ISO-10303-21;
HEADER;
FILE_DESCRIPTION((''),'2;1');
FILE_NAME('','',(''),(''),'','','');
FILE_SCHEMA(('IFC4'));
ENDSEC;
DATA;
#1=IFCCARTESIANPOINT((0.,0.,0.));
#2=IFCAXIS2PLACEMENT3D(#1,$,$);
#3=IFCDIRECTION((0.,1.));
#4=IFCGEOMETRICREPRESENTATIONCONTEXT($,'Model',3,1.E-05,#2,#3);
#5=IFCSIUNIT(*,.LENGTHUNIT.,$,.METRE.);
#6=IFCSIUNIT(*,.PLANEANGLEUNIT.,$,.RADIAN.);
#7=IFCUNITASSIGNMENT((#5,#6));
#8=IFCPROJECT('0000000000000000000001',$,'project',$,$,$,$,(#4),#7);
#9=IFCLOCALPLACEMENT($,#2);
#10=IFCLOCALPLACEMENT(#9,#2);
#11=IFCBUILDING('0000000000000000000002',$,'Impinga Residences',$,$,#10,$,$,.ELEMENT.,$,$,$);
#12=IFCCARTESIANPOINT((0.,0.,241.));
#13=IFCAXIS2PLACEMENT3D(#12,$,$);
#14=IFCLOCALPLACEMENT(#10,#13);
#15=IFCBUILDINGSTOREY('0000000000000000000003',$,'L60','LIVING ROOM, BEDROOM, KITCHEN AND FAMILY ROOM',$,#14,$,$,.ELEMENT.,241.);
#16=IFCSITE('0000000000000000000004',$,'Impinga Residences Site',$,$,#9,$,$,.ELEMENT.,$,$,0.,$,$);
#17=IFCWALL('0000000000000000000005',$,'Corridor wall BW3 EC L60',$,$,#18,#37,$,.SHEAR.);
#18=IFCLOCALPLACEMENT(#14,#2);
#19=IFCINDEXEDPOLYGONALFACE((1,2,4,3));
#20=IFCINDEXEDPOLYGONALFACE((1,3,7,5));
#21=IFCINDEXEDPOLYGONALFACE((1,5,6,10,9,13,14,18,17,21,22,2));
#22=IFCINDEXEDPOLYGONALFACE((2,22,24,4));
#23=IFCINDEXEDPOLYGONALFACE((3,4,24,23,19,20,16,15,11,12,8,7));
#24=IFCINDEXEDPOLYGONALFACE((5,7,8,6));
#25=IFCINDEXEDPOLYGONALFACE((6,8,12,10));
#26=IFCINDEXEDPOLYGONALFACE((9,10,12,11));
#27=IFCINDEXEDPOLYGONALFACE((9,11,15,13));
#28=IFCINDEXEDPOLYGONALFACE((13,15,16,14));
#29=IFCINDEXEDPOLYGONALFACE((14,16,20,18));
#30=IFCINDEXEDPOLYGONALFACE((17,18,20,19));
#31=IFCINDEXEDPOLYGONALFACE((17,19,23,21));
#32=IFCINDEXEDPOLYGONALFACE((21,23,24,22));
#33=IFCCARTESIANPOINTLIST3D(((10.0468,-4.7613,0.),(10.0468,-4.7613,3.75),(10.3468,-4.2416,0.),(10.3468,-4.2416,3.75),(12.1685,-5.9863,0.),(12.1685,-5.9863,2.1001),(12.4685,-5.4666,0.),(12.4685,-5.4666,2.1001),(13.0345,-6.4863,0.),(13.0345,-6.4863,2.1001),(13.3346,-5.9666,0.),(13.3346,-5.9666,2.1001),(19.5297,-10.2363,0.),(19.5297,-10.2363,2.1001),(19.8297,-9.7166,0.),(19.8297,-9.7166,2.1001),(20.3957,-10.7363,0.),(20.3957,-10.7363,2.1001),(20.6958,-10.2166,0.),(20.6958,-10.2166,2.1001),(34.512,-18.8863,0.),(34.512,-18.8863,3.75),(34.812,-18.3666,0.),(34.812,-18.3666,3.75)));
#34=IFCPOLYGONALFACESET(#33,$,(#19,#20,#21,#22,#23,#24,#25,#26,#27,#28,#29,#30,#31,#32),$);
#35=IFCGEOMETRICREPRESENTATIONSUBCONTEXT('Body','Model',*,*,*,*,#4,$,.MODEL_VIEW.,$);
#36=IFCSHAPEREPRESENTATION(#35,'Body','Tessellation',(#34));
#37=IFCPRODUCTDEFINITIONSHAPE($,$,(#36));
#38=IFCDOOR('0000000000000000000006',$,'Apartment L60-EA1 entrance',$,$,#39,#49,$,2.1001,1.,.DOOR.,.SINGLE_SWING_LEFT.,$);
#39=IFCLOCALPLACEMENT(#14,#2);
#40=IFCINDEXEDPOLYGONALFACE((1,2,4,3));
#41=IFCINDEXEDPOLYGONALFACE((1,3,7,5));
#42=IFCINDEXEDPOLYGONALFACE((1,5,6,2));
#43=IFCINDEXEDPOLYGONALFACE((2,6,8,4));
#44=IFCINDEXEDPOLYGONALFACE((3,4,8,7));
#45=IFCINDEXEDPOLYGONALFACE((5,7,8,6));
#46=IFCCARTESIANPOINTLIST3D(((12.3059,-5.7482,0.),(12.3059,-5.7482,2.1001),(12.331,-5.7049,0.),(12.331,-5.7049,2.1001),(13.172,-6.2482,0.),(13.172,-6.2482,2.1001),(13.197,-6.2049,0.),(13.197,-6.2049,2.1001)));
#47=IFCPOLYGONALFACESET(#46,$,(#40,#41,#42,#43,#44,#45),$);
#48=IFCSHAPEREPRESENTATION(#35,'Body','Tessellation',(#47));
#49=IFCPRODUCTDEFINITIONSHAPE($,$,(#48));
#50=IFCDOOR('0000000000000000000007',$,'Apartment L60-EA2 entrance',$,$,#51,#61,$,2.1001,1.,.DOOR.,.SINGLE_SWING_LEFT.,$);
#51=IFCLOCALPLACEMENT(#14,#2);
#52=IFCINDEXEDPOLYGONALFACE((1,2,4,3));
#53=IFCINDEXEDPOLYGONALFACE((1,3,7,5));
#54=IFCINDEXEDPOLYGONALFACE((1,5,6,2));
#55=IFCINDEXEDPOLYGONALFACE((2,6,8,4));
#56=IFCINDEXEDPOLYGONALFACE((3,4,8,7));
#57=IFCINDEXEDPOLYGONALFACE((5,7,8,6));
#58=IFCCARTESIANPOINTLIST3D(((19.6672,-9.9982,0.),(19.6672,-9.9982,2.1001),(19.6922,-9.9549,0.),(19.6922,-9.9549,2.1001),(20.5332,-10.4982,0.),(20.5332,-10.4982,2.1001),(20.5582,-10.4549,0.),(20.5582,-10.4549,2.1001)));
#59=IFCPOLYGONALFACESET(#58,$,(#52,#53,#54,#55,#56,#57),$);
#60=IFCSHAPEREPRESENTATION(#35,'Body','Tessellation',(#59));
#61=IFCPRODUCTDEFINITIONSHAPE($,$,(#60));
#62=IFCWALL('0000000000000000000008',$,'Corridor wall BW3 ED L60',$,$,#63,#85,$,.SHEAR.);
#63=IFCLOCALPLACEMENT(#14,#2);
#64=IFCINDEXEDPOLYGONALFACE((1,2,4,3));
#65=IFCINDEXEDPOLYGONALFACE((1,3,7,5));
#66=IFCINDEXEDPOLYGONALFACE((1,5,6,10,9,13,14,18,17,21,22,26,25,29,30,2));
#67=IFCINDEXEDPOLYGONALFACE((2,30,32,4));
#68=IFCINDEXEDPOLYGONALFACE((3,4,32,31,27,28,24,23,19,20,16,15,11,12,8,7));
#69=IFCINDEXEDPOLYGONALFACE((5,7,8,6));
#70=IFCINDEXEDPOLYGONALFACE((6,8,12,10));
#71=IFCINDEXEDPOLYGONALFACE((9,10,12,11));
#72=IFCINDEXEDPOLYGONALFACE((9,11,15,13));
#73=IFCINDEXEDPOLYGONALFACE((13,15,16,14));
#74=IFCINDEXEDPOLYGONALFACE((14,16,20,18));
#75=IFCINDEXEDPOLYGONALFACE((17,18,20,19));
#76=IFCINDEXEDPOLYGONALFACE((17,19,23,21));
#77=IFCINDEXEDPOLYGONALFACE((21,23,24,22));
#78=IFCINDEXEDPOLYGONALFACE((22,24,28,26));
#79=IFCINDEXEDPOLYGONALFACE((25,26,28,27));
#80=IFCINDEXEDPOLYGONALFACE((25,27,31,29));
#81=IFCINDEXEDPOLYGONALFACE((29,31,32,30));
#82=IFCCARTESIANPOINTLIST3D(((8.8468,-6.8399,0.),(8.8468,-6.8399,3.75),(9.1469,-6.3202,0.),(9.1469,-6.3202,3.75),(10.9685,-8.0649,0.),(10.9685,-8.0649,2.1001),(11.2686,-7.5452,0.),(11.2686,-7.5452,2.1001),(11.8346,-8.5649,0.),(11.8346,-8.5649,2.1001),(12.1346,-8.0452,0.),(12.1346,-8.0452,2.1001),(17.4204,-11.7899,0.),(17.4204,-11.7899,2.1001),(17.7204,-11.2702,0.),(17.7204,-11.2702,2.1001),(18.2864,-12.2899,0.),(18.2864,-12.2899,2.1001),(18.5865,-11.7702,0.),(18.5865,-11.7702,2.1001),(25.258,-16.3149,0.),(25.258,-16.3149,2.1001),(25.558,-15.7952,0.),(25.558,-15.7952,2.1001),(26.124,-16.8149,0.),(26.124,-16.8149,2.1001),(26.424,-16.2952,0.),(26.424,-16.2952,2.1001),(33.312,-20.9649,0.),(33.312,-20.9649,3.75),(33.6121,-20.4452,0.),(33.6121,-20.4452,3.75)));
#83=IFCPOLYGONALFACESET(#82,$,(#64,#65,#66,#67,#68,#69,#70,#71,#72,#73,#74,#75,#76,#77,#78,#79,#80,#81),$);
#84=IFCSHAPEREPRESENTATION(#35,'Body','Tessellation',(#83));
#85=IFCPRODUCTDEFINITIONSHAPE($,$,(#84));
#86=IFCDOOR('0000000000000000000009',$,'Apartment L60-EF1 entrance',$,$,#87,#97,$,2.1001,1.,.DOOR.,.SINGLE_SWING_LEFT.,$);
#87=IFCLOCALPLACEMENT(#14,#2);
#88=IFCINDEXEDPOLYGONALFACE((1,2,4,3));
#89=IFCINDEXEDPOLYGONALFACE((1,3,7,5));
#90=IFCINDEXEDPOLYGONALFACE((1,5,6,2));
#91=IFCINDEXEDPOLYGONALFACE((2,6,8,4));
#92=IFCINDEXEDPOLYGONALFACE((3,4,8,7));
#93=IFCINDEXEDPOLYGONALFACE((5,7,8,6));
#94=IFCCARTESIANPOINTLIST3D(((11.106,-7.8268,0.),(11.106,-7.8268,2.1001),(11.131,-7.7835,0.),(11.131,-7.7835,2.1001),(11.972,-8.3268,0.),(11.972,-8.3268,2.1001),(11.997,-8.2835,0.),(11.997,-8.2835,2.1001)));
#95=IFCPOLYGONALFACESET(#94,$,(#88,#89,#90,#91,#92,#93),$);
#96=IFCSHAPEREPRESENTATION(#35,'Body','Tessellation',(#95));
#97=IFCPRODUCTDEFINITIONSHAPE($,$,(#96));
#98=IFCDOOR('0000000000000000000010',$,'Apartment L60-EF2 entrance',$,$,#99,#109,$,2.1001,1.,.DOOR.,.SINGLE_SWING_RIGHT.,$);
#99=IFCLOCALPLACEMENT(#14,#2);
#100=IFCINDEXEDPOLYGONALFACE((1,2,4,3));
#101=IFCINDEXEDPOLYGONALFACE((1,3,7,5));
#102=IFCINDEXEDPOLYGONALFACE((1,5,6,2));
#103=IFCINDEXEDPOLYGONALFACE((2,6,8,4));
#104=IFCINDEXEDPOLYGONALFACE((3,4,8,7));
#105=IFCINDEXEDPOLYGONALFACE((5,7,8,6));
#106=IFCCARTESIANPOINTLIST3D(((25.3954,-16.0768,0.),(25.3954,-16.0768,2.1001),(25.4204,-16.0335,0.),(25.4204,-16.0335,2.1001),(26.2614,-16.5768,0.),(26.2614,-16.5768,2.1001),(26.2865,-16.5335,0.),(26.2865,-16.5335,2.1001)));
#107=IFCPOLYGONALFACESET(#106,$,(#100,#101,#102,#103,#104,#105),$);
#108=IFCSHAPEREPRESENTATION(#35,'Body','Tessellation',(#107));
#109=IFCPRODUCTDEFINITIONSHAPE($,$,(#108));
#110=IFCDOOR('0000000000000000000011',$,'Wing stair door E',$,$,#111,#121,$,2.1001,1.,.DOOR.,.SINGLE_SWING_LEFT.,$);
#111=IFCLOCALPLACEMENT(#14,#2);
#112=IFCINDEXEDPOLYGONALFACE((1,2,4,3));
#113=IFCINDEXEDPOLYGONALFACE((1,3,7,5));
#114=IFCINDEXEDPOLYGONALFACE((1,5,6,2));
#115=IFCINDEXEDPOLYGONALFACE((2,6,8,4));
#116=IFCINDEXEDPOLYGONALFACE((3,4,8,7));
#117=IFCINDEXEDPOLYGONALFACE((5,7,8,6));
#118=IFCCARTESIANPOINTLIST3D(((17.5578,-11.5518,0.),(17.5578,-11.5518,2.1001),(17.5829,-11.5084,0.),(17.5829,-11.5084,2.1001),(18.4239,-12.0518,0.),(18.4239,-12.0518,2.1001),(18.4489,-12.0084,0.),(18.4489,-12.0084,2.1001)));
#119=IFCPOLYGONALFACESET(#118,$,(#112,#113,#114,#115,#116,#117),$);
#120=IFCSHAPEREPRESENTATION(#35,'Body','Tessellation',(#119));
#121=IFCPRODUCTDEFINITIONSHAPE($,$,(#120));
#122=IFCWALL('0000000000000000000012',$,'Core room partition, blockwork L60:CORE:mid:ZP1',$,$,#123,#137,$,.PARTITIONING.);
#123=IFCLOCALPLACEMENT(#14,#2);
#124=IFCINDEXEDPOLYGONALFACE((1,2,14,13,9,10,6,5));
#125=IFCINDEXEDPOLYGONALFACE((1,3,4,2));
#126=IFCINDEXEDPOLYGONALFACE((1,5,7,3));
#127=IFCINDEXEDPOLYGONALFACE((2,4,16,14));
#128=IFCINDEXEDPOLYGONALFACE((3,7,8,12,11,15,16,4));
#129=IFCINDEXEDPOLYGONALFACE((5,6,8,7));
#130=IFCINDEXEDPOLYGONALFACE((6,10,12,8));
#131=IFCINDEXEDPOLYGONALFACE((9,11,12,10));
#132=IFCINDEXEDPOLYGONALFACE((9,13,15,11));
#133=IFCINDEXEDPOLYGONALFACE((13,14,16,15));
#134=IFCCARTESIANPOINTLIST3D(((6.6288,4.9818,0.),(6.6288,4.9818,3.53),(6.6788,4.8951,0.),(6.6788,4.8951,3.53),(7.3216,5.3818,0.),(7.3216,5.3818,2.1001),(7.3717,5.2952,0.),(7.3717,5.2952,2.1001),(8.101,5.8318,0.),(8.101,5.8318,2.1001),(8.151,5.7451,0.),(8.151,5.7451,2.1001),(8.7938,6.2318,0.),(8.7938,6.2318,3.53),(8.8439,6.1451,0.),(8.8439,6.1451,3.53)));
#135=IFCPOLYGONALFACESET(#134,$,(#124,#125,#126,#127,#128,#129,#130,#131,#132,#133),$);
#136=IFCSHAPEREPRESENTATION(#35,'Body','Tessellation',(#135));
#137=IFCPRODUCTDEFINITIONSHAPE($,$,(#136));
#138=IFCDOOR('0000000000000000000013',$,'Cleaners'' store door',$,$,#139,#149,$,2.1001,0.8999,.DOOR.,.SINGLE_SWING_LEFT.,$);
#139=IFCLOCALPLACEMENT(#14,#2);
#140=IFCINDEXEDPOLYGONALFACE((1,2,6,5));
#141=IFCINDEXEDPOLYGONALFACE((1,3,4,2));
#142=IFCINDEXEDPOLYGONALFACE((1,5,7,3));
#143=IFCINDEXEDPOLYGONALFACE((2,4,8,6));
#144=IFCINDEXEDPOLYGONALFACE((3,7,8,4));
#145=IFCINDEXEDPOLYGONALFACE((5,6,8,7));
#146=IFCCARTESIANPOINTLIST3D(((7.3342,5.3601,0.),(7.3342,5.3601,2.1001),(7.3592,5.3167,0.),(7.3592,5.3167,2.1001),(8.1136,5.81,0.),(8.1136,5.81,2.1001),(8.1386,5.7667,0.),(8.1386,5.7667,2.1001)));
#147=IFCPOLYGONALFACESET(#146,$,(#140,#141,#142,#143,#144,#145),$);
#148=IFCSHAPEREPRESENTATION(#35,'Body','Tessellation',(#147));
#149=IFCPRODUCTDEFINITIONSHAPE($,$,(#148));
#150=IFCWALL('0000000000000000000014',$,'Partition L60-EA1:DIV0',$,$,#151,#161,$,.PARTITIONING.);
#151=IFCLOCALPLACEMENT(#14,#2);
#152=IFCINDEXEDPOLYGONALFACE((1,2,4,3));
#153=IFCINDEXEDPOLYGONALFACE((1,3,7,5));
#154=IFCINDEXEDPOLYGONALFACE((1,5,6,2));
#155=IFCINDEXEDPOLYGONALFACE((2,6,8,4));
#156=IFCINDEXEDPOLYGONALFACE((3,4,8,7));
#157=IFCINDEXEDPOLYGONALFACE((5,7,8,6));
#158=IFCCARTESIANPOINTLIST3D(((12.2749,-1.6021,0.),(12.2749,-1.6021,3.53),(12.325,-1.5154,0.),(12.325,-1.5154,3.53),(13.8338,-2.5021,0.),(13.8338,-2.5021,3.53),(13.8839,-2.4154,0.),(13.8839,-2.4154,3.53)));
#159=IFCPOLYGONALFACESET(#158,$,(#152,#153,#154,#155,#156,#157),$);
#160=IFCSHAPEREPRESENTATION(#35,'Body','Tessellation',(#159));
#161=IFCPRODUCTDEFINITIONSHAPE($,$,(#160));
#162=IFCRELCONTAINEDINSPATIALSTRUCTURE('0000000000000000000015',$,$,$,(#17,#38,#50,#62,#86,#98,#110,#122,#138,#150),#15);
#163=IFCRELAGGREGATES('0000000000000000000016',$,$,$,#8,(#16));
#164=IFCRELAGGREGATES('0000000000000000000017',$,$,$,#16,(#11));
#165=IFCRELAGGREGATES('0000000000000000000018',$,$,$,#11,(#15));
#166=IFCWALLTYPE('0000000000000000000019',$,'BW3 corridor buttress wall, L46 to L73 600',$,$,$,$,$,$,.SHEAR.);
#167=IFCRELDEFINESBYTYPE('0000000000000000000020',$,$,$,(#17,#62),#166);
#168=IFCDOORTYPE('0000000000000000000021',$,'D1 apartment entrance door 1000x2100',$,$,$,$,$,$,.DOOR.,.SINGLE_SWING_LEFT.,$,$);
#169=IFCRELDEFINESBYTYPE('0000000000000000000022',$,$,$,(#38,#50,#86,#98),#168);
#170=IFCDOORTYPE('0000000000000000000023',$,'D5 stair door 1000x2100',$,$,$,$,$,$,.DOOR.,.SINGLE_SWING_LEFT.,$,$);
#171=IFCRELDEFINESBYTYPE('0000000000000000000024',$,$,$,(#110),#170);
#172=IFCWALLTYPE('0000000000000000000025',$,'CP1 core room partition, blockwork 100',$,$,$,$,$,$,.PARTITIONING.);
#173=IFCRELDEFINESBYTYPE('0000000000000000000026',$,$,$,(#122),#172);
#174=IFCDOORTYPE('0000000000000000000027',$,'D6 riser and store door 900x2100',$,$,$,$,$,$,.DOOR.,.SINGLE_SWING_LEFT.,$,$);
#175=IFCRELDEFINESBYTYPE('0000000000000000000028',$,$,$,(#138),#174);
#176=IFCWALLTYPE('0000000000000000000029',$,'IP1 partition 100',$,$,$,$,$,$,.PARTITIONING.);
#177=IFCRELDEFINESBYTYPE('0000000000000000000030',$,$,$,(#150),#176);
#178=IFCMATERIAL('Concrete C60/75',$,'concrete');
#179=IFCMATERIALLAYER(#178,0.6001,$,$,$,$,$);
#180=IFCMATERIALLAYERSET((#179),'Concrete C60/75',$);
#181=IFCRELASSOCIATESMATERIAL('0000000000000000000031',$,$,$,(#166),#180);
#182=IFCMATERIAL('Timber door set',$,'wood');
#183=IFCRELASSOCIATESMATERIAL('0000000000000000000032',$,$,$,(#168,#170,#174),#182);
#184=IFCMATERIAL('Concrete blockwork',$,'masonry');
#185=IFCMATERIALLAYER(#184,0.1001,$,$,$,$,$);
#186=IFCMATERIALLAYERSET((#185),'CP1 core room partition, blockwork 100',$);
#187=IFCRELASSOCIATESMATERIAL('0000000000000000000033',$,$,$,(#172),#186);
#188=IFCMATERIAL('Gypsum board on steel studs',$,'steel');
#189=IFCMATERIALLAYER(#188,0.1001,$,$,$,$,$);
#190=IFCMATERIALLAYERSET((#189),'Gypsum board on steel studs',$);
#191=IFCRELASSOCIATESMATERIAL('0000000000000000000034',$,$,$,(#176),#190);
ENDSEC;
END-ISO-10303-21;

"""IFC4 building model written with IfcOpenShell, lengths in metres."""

from ifc_helpers import new_model, si_unit, direction, frame, frame_2d, origin, place, context, subcontext, project, spatial, rectangle, extrude, material, layer, layer_set, type_object, element, fill, save


model = new_model("IFC4")

# Units and contexts
model_context = context("Model", 3, precision=1e-05, world=origin(), true_north=direction((0.0, 1.0)))
body_context = subcontext(model_context, "Body", "Model", "MODEL_VIEW")
ifc_project = project(units=[si_unit("LENGTHUNIT", "METRE"), si_unit("PLANEANGLEUNIT", "RADIAN")], contexts=[model_context])

# Site, building, storey
site_placement = place(None, origin())
site = spatial("IfcSite", under=ifc_project, at=site_placement, Name="Impinga Residences Site", CompositionType="ELEMENT", RefElevation=0.0)
building_placement = place(site_placement, origin())
building = spatial("IfcBuilding", under=site, at=building_placement, Name="Impinga Residences", CompositionType="ELEMENT")
storey_placement = place(building_placement, frame((0.0, 0.0, 241.0)))
storey = spatial("IfcBuildingStorey", under=building, at=storey_placement, Name="L60", Description="LIVING ROOM, BEDROOM, KITCHEN AND FAMILY ROOM", CompositionType="ELEMENT", Elevation=241.0)

# Walls, openings, doors
ifc_material_1 = material(Name="Concrete C60/75", Category="concrete")
ifc_layer_1 = layer(ifc_material_1, 0.6001)
ifc_layer_set_1 = layer_set([ifc_layer_1], Name="Concrete C60/75")
wall_type_1 = type_object("IfcWallType", Name="BW3 corridor buttress wall, L46 to L73 600", PredefinedType="SHEAR", material=ifc_layer_set_1)
wall_1_placement = place(storey_placement, frame((10.1968, -4.5015, 0.0), z_axis=(0.0, 0.0, 1.0), x_axis=(0.866026, -0.499998, 0.0)))
wall_1 = element("IfcWall", 1, at=wall_1_placement, inside=storey, type_object=wall_type_1, Name="Corridor wall BW3 EC L60", PredefinedType="SHEAR", context=body_context, shape_type="SweptSolid", body=[
    extrude(rectangle(XDim=28.25, YDim=0.6001, at=frame_2d((14.125, 0.0))), origin(), (0.0, 0.0, 1.0), 3.75),
])
opening_1_placement = place(wall_1_placement, frame((2.45, 0.0, 0.0)))
opening_1 = element("IfcOpeningElement", 2, at=opening_1_placement, cuts=wall_1, PredefinedType="OPENING", context=body_context, shape_type="SweptSolid", body=[
    extrude(rectangle(XDim=1.0, YDim=2.1001, at=frame_2d((0.5, 1.05))), frame((0.0, 0.3101, 0.0), z_axis=(0.0, -1.0, 0.0), x_axis=(1.0, 0.0, 0.0)), (0.0, 0.0, 1.0), 0.6201),
])
opening_2_placement = place(wall_1_placement, frame((10.95, 0.0, 0.0)))
opening_2 = element("IfcOpeningElement", 3, at=opening_2_placement, cuts=wall_1, PredefinedType="OPENING", context=body_context, shape_type="SweptSolid", body=[
    extrude(rectangle(XDim=1.0, YDim=2.1001, at=frame_2d((0.5, 1.05))), frame((0.0, 0.3101, 0.0), z_axis=(0.0, -1.0, 0.0), x_axis=(1.0, 0.0, 0.0)), (0.0, 0.0, 1.0), 0.6201),
])
ifc_material_2 = material(Name="Timber door set", Category="wood")
door_type_1 = type_object("IfcDoorType", Name="D1 apartment entrance door 1000x2100", OperationType="SINGLE_SWING_LEFT", PredefinedType="DOOR", material=ifc_material_2)
door_1_placement = place(opening_1_placement, origin())
door_1 = element("IfcDoor", 4, at=door_1_placement, inside=storey, type_object=door_type_1, Name="Apartment L60-EA1 entrance", OperationType="SINGLE_SWING_LEFT", OverallHeight=2.1001, OverallWidth=1.0, PredefinedType="DOOR", context=body_context, shape_type="SweptSolid", body=[
    extrude(rectangle(XDim=1.0, YDim=2.1001, at=frame_2d((0.5, 1.05))), frame((0.0, 0.0249, 0.0), z_axis=(0.0, -1.0, 0.0), x_axis=(1.0, 0.0, 0.0)), (0.0, 0.0, 1.0), 0.05),
])
fill(opening_1, door_1)
door_2_placement = place(opening_2_placement, origin())
door_2 = element("IfcDoor", 5, at=door_2_placement, inside=storey, type_object=door_type_1, Name="Apartment L60-EA2 entrance", OperationType="SINGLE_SWING_LEFT", OverallHeight=2.1001, OverallWidth=1.0, PredefinedType="DOOR", context=body_context, shape_type="SweptSolid", body=[
    extrude(rectangle(XDim=1.0, YDim=2.1001, at=frame_2d((0.5, 1.05))), frame((0.0, 0.0249, 0.0), z_axis=(0.0, -1.0, 0.0), x_axis=(1.0, 0.0, 0.0)), (0.0, 0.0, 1.0), 0.05),
])
fill(opening_2, door_2)
wall_2_placement = place(storey_placement, frame((8.9968, -6.5801, 0.0), z_axis=(0.0, 0.0, 1.0), x_axis=(0.866026, -0.499998, 0.0)))
wall_2 = element("IfcWall", 6, at=wall_2_placement, inside=storey, type_object=wall_type_1, Name="Corridor wall BW3 ED L60", PredefinedType="SHEAR", context=body_context, shape_type="SweptSolid", body=[
    extrude(rectangle(XDim=28.25, YDim=0.6001, at=frame_2d((14.125, 0.0))), origin(), (0.0, 0.0, 1.0), 3.75),
])
opening_3_placement = place(wall_2_placement, frame((9.8999, 0.0, 0.0)))
opening_3 = element("IfcOpeningElement", 7, at=opening_3_placement, cuts=wall_2, PredefinedType="OPENING", context=body_context, shape_type="SweptSolid", body=[
    extrude(rectangle(XDim=1.0, YDim=2.1001, at=frame_2d((0.5, 1.05))), frame((0.0, 0.3101, 0.0), z_axis=(0.0, -1.0, 0.0), x_axis=(1.0, 0.0, 0.0)), (0.0, 0.0, 1.0), 0.6201),
])
opening_4_placement = place(wall_2_placement, frame((2.45, 0.0, 0.0)))
opening_4 = element("IfcOpeningElement", 8, at=opening_4_placement, cuts=wall_2, PredefinedType="OPENING", context=body_context, shape_type="SweptSolid", body=[
    extrude(rectangle(XDim=1.0, YDim=2.1001, at=frame_2d((0.5, 1.05))), frame((0.0, 0.3101, 0.0), z_axis=(0.0, -1.0, 0.0), x_axis=(1.0, 0.0, 0.0)), (0.0, 0.0, 1.0), 0.6201),
])
opening_5_placement = place(wall_2_placement, frame((18.95, 0.0, 0.0)))
opening_5 = element("IfcOpeningElement", 9, at=opening_5_placement, cuts=wall_2, PredefinedType="OPENING", context=body_context, shape_type="SweptSolid", body=[
    extrude(rectangle(XDim=1.0, YDim=2.1001, at=frame_2d((0.5, 1.05))), frame((0.0, 0.3101, 0.0), z_axis=(0.0, -1.0, 0.0), x_axis=(1.0, 0.0, 0.0)), (0.0, 0.0, 1.0), 0.6201),
])
door_3_placement = place(opening_4_placement, origin())
door_3 = element("IfcDoor", 10, at=door_3_placement, inside=storey, type_object=door_type_1, Name="Apartment L60-EF1 entrance", OperationType="SINGLE_SWING_LEFT", OverallHeight=2.1001, OverallWidth=1.0, PredefinedType="DOOR", context=body_context, shape_type="SweptSolid", body=[
    extrude(rectangle(XDim=1.0, YDim=2.1001, at=frame_2d((0.5, 1.05))), frame((0.0, 0.0249, 0.0), z_axis=(0.0, -1.0, 0.0), x_axis=(1.0, 0.0, 0.0)), (0.0, 0.0, 1.0), 0.05),
])
fill(opening_4, door_3)
door_4_placement = place(opening_5_placement, origin())
door_4 = element("IfcDoor", 11, at=door_4_placement, inside=storey, type_object=door_type_1, Name="Apartment L60-EF2 entrance", OperationType="SINGLE_SWING_RIGHT", OverallHeight=2.1001, OverallWidth=1.0, PredefinedType="DOOR", context=body_context, shape_type="SweptSolid", body=[
    extrude(rectangle(XDim=1.0, YDim=2.1001, at=frame_2d((0.5, 1.05))), frame((0.0, 0.0249, 0.0), z_axis=(0.0, -1.0, 0.0), x_axis=(1.0, 0.0, 0.0)), (0.0, 0.0, 1.0), 0.05),
])
fill(opening_5, door_4)
door_type_2 = type_object("IfcDoorType", Name="D5 stair door 1000x2100", OperationType="SINGLE_SWING_LEFT", PredefinedType="DOOR", material=ifc_material_2)
door_5_placement = place(opening_3_placement, origin())
door_5 = element("IfcDoor", 12, at=door_5_placement, inside=storey, type_object=door_type_2, Name="Wing stair door E", OperationType="SINGLE_SWING_LEFT", OverallHeight=2.1001, OverallWidth=1.0, PredefinedType="DOOR", context=body_context, shape_type="SweptSolid", body=[
    extrude(rectangle(XDim=1.0, YDim=2.1001, at=frame_2d((0.5, 1.05))), frame((0.0, 0.0249, 0.0), z_axis=(0.0, -1.0, 0.0), x_axis=(1.0, 0.0, 0.0)), (0.0, 0.0, 1.0), 0.05),
])
fill(opening_3, door_5)

# Wall, opening, door
ifc_material_3 = material(Name="Concrete blockwork", Category="masonry")
ifc_layer_2 = layer(ifc_material_3, 0.1001)
ifc_layer_set_2 = layer_set([ifc_layer_2], Name="CP1 core room partition, blockwork 100")
wall_type_2 = type_object("IfcWallType", Name="CP1 core room partition, blockwork 100", PredefinedType="PARTITIONING", material=ifc_layer_set_2)
wall_3_placement = place(storey_placement, frame((6.6538, 4.9385, 0.0), z_axis=(0.0, 0.0, 1.0), x_axis=(0.866023, 0.500004, 0.0)))
wall_3 = element("IfcWall", 13, at=wall_3_placement, inside=storey, type_object=wall_type_2, Name="Core room partition, blockwork L60:CORE:mid:ZP1", PredefinedType="PARTITIONING", context=body_context, shape_type="SweptSolid", body=[
    extrude(rectangle(XDim=2.5, YDim=0.1001, at=frame_2d((1.25, 0.0))), origin(), (0.0, 0.0, 1.0), 3.53),
])
opening_6_placement = place(wall_3_placement, frame((0.8, 0.0, 0.0)))
opening_6 = element("IfcOpeningElement", 14, at=opening_6_placement, cuts=wall_3, PredefinedType="OPENING", context=body_context, shape_type="SweptSolid", body=[
    extrude(rectangle(XDim=0.8999, YDim=2.1001, at=frame_2d((0.45, 1.05))), frame((0.0, 0.0601, 0.0), z_axis=(0.0, -1.0, 0.0), x_axis=(1.0, 0.0, 0.0)), (0.0, 0.0, 1.0), 0.1201),
])
door_type_3 = type_object("IfcDoorType", Name="D6 riser and store door 900x2100", OperationType="SINGLE_SWING_LEFT", PredefinedType="DOOR", material=ifc_material_2)
door_6_placement = place(opening_6_placement, origin())
door_6 = element("IfcDoor", 15, at=door_6_placement, inside=storey, type_object=door_type_3, Name="Cleaners' store door", OperationType="SINGLE_SWING_LEFT", OverallHeight=2.1001, OverallWidth=0.8999, PredefinedType="DOOR", context=body_context, shape_type="SweptSolid", body=[
    extrude(rectangle(XDim=0.8999, YDim=2.1001, at=frame_2d((0.45, 1.05))), frame((0.0, 0.0249, 0.0), z_axis=(0.0, -1.0, 0.0), x_axis=(1.0, 0.0, 0.0)), (0.0, 0.0, 1.0), 0.05),
])
fill(opening_6, door_6)

# Wall
ifc_material_4 = material(Name="Gypsum board on steel studs", Category="steel")
ifc_layer_3 = layer(ifc_material_4, 0.1001)
ifc_layer_set_3 = layer_set([ifc_layer_3], Name="Gypsum board on steel studs")
wall_type_3 = type_object("IfcWallType", Name="IP1 partition 100", PredefinedType="PARTITIONING", material=ifc_layer_set_3)
wall_4_placement = place(storey_placement, frame((12.3, -1.5588, 0.0), z_axis=(0.0, 0.0, 1.0), x_axis=(0.866048, -0.499961, 0.0)))
element("IfcWall", 16, at=wall_4_placement, inside=storey, type_object=wall_type_3, Name="Partition L60-EA1:DIV0", PredefinedType="PARTITIONING", context=body_context, shape_type="SweptSolid", body=[
    extrude(rectangle(XDim=1.8, YDim=0.1001, at=frame_2d((0.8999, 0.0))), origin(), (0.0, 0.0, 1.0), 3.53),
])

save(model, "model.ifc")
